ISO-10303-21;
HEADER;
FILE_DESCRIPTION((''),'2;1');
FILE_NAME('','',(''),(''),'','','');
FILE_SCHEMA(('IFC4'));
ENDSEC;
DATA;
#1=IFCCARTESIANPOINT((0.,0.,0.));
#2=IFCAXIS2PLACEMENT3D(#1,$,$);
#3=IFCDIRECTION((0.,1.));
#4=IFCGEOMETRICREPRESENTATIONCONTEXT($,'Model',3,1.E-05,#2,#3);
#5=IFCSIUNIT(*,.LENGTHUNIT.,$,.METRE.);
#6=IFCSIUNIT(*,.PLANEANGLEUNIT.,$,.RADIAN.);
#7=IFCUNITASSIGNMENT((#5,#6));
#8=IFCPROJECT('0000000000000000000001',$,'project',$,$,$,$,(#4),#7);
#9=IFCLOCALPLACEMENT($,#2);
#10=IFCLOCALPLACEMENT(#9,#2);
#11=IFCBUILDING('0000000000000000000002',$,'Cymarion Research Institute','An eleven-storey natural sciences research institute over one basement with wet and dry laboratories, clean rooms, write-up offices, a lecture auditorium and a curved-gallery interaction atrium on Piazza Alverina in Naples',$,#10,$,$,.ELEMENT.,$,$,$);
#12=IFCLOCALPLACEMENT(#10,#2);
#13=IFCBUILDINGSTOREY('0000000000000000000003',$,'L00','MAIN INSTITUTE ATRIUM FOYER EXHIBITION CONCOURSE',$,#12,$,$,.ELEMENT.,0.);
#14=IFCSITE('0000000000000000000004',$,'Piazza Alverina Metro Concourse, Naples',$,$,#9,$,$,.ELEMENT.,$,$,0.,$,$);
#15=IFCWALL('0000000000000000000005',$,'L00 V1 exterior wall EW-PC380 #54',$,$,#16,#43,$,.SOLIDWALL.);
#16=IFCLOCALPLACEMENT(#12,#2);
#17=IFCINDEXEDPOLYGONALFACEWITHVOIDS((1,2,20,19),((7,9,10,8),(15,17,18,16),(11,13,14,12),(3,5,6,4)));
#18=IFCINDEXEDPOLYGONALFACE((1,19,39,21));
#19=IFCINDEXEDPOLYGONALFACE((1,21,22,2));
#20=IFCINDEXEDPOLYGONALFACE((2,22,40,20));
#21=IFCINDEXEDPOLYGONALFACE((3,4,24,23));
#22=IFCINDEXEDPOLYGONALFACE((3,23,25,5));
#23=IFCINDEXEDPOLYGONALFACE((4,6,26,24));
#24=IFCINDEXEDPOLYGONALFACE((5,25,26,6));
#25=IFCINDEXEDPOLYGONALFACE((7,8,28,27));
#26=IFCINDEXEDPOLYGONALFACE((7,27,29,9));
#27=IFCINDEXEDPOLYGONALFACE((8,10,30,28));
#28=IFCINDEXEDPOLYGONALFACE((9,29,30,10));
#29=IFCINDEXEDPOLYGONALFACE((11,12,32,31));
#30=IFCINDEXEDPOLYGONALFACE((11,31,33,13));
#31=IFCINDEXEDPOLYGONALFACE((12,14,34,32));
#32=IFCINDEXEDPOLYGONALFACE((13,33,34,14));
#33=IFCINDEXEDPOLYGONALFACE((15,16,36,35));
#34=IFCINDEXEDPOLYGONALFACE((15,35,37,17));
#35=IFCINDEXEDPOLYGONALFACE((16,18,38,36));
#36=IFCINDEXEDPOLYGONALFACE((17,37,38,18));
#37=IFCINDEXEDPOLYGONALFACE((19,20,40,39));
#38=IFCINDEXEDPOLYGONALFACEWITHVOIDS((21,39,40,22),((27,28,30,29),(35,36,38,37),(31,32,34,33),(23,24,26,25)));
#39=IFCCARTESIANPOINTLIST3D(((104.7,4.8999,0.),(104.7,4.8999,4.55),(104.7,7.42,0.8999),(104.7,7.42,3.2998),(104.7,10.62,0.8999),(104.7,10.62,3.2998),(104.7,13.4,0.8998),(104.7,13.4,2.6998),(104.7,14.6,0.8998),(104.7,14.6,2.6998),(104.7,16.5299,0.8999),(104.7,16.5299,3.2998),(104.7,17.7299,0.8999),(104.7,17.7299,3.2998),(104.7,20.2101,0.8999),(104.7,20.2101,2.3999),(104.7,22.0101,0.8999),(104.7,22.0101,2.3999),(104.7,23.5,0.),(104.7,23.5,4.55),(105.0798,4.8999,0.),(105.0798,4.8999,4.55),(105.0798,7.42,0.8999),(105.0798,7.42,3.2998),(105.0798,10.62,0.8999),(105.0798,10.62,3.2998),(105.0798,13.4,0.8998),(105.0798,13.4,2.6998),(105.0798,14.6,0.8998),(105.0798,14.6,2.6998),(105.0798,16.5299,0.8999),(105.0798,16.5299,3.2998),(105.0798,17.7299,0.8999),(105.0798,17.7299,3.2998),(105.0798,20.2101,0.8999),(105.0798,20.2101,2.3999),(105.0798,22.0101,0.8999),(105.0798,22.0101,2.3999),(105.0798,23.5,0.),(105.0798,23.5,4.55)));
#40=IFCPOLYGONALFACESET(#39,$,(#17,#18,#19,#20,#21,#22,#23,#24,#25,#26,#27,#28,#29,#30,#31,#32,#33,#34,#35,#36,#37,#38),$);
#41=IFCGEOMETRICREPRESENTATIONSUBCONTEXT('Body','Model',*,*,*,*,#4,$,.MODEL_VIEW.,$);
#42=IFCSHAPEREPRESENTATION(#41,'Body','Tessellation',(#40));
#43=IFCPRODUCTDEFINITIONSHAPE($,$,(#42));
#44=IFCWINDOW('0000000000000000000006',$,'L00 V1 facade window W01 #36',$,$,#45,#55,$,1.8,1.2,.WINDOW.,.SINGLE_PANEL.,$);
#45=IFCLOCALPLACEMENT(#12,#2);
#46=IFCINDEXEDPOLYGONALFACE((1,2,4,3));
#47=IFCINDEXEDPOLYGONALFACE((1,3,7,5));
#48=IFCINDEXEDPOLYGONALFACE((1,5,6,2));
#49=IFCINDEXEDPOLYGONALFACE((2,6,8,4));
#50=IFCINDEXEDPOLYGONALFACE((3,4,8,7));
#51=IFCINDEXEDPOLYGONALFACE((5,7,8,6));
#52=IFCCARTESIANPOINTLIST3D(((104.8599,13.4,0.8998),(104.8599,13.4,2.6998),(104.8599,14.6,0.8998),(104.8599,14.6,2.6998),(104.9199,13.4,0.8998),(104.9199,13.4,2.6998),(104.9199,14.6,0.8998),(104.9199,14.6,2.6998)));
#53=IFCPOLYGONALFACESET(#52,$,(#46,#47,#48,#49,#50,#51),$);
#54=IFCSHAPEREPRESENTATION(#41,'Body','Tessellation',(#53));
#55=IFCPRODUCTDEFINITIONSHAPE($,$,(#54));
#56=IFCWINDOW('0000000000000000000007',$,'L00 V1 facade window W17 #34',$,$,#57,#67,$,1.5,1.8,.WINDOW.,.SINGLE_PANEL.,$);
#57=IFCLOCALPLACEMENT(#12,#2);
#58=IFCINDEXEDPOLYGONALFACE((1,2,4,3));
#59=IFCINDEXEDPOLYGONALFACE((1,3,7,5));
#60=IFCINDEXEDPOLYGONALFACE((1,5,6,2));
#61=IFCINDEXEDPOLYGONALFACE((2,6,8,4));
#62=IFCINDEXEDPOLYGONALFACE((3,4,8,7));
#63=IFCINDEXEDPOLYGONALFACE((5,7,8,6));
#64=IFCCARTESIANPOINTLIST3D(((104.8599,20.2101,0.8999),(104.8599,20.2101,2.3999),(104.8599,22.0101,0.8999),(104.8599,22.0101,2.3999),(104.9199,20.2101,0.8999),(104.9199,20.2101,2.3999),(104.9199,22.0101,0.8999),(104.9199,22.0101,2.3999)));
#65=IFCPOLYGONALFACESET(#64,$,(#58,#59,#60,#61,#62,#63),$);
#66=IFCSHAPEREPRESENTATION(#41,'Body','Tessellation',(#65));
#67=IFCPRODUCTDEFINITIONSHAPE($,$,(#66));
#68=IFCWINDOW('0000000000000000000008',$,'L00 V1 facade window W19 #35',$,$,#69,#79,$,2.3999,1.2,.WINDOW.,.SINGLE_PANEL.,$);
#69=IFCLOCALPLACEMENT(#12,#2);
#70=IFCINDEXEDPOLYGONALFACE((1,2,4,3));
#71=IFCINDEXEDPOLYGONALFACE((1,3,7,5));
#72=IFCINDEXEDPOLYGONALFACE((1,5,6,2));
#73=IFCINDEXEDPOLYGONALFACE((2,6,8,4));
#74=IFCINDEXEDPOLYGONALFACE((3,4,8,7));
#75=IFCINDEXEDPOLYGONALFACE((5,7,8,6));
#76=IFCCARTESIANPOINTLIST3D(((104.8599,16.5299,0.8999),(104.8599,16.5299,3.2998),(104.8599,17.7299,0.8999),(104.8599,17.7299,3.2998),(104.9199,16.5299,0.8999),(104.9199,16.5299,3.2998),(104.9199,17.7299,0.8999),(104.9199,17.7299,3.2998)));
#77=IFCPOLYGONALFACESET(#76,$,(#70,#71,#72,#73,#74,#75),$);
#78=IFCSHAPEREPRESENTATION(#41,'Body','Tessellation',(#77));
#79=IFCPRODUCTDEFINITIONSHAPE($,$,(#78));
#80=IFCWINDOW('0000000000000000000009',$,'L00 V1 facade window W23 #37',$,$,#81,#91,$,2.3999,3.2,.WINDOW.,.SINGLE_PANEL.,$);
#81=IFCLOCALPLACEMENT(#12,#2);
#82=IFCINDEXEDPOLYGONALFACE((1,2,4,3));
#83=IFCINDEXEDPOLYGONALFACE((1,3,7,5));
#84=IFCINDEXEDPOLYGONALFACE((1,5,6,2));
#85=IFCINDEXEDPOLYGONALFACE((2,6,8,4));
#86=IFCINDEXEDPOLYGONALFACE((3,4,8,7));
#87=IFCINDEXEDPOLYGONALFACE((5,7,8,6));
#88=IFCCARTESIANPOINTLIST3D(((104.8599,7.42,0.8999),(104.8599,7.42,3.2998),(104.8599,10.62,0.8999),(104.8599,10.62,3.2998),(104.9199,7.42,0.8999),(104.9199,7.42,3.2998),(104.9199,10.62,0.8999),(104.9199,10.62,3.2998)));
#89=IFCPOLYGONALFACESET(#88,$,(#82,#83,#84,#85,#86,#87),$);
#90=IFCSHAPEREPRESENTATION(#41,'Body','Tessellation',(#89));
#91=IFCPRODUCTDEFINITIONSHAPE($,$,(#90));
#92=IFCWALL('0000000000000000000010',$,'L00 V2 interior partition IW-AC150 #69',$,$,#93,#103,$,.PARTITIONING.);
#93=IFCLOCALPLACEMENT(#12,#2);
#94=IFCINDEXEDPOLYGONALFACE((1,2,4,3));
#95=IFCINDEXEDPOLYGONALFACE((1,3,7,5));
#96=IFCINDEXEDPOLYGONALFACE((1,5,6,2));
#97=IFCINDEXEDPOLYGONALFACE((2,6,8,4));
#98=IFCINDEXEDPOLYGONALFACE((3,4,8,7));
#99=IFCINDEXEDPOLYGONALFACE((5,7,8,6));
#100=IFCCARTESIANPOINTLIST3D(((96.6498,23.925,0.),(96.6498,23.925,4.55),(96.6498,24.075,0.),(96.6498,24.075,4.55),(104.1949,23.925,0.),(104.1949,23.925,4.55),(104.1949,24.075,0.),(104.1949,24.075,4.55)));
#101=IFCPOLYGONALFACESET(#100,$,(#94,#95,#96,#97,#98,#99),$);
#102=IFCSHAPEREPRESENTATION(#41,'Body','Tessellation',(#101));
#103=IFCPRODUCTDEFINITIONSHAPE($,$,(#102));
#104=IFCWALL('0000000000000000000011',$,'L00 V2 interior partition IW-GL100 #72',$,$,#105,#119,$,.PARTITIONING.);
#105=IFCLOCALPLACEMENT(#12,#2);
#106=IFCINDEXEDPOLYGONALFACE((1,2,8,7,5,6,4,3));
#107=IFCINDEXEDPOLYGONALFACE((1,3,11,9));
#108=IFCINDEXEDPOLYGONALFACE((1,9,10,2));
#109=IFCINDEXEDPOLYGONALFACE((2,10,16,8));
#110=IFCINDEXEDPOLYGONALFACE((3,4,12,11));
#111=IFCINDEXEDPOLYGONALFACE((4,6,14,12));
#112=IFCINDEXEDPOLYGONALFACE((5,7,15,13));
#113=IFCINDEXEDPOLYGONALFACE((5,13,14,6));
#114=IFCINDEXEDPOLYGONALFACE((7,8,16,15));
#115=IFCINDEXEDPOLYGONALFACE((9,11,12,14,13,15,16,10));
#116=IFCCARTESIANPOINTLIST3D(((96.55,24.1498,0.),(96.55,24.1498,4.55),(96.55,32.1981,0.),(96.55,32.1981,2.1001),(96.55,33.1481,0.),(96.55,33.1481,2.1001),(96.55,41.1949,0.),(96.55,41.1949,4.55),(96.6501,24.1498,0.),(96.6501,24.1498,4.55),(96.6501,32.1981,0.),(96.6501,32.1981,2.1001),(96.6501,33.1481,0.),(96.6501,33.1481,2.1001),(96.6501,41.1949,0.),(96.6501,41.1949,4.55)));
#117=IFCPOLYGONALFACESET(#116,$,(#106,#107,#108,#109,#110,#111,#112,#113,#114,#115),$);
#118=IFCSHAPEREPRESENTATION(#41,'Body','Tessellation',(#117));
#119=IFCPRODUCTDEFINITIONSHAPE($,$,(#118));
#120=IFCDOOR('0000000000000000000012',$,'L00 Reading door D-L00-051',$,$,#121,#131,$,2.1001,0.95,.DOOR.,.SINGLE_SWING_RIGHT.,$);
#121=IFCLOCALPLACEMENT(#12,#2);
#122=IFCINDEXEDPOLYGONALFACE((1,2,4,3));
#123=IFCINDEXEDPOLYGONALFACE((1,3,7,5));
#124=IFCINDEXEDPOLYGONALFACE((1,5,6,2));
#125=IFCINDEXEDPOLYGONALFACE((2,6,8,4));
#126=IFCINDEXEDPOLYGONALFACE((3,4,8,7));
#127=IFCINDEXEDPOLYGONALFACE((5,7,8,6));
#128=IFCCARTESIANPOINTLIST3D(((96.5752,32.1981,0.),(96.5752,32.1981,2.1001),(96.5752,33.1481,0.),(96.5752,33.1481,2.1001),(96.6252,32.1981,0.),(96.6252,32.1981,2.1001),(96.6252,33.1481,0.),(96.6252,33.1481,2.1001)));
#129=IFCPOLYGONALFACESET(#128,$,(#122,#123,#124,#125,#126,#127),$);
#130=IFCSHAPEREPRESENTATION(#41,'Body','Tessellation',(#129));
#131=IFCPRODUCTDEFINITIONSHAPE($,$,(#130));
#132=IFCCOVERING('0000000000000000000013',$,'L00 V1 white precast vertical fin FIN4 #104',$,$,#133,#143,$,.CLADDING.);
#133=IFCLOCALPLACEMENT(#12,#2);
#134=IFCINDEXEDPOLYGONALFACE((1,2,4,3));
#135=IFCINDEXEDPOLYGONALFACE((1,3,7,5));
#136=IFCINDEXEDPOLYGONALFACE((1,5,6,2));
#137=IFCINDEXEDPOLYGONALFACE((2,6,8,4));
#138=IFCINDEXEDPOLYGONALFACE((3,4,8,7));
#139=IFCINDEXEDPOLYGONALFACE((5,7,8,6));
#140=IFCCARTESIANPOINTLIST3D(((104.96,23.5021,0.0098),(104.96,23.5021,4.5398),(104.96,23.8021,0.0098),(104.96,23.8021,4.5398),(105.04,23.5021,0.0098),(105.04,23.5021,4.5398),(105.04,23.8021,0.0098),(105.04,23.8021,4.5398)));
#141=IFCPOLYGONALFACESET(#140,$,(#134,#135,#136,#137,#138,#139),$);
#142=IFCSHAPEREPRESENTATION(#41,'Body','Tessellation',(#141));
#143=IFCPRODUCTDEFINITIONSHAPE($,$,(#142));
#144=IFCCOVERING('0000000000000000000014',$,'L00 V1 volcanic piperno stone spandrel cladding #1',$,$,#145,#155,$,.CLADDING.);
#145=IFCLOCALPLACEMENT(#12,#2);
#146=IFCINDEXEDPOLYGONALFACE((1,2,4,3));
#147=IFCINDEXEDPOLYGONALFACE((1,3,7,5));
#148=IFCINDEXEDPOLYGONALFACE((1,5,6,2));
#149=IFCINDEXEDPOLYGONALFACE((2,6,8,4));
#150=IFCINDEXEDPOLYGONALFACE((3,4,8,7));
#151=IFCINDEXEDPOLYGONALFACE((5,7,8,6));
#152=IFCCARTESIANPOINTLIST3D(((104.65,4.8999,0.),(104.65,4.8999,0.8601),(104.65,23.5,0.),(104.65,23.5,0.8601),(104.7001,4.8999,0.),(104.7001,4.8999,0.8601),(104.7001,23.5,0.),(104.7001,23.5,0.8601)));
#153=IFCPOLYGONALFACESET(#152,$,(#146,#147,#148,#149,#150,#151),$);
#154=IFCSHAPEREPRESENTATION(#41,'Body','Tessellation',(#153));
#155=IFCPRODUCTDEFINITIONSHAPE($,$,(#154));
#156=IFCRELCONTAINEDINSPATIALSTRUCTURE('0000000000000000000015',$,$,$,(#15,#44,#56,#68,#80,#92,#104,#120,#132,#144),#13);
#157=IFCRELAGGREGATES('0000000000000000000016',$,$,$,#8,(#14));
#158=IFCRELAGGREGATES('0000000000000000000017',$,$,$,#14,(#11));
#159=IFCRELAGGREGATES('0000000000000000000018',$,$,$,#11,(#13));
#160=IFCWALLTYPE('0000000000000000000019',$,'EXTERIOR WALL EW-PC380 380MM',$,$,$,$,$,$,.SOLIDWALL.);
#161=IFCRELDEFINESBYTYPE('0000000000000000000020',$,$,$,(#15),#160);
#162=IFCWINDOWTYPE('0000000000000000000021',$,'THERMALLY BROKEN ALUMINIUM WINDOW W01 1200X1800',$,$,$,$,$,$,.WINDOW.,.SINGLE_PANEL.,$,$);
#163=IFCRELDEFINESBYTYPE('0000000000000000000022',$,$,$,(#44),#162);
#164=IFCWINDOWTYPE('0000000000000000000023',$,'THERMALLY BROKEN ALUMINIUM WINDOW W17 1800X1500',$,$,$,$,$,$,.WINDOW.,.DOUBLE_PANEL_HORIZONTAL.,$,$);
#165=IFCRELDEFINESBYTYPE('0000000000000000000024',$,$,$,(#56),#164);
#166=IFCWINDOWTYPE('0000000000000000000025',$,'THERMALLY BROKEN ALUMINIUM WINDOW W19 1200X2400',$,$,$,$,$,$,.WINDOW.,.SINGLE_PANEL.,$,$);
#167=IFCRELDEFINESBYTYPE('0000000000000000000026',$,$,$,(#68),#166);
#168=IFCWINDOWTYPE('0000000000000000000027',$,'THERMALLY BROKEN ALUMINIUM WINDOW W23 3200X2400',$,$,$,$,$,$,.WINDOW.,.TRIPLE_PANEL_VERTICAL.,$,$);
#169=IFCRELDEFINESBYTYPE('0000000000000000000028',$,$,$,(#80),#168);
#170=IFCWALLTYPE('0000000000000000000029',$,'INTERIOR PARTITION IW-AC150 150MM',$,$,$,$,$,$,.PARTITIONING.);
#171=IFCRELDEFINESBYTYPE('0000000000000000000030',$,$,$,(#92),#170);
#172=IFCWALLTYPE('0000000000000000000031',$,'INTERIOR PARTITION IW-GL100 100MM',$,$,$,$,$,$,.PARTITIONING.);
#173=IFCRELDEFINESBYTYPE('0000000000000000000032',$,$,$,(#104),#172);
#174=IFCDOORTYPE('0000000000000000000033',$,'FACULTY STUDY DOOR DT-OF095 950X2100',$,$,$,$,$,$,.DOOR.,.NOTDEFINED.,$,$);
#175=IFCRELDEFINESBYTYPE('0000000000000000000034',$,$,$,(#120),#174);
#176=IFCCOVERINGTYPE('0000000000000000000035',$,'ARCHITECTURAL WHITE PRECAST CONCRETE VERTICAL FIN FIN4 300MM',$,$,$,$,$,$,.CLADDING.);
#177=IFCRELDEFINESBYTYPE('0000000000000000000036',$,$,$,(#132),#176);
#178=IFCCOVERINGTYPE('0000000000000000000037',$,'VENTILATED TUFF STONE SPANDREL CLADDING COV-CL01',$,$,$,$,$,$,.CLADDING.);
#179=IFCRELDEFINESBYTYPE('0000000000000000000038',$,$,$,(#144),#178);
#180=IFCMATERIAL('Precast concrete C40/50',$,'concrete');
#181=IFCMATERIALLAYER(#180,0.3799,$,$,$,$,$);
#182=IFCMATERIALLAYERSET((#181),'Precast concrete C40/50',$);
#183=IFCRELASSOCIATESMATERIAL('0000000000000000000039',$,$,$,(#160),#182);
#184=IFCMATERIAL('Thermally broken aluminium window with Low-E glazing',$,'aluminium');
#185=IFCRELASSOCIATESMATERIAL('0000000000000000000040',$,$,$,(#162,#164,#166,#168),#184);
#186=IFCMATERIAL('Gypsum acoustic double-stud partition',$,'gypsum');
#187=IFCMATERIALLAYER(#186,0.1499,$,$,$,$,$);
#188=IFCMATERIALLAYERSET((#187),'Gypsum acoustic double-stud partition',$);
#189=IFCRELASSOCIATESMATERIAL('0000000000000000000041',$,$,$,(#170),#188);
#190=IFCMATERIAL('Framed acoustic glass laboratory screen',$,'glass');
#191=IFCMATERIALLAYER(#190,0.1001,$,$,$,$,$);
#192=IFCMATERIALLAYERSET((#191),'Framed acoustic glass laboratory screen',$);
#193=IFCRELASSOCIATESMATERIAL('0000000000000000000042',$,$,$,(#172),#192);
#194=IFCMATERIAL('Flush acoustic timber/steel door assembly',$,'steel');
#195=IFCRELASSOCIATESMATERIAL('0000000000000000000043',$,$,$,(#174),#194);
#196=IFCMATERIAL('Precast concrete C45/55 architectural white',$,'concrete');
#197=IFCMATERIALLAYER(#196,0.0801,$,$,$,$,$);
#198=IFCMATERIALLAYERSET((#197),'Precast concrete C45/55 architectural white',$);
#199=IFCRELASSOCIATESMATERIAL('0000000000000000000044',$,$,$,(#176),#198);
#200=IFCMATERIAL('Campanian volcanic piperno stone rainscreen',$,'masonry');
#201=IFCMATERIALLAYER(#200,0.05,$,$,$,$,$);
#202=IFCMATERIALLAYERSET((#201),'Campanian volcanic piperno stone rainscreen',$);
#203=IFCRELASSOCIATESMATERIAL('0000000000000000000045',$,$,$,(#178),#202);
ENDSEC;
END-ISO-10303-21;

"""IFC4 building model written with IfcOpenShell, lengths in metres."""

from ifc_helpers import new_model, si_unit, direction, frame, frame_2d, origin, origin_2d, place, context, subcontext, project, spatial, rectangle, extrude, material, layer, layer_set, type_object, element, fill, save


model = new_model("IFC4")

# Units and contexts
model_context = context("Model", 3, precision=1e-05, world=origin(), true_north=direction((0.0, 1.0)))
body_context = subcontext(model_context, "Body", "Model", "MODEL_VIEW")
ifc_project = project(units=[si_unit("LENGTHUNIT", "METRE"), si_unit("PLANEANGLEUNIT", "RADIAN")], contexts=[model_context])

# Site, building, storey
site_placement = place(None, origin())
site = spatial("IfcSite", under=ifc_project, at=site_placement, Name="Piazza Alverina Metro Concourse, Naples", CompositionType="ELEMENT", RefElevation=0.0)
building_placement = place(site_placement, origin())
building = spatial("IfcBuilding", under=site, at=building_placement, Name="Cymarion Research Institute", Description="An eleven-storey natural sciences research institute over one basement with wet and dry laboratories, clean rooms, write-up offices, a lecture auditorium and a curved-gallery interaction atrium on Piazza Alverina in Naples", CompositionType="ELEMENT")
storey_placement = place(building_placement, origin())
storey = spatial("IfcBuildingStorey", under=building, at=storey_placement, Name="L00", Description="MAIN INSTITUTE ATRIUM FOYER EXHIBITION CONCOURSE", CompositionType="ELEMENT", Elevation=0.0)

# Wall, openings, windows
ifc_material_1 = material(Name="Precast concrete C40/50", Category="concrete")
ifc_layer_1 = layer(ifc_material_1, 0.3799)
ifc_layer_set_1 = layer_set([ifc_layer_1], Name="Precast concrete C40/50")
wall_type_1 = type_object("IfcWallType", Name="EXTERIOR WALL EW-PC380 380MM", PredefinedType="SOLIDWALL", material=ifc_layer_set_1)
wall_1_placement = place(storey_placement, frame((104.8899, 23.5, 0.0), z_axis=(0.0, 0.0, 1.0), x_axis=(0.0, -1.0, 0.0)))
wall_1 = element("IfcWall", 1, at=wall_1_placement, inside=storey, type_object=wall_type_1, Name="L00 V1 exterior wall EW-PC380 #54", PredefinedType="SOLIDWALL", context=body_context, shape_type="SweptSolid", body=[
    extrude(rectangle(XDim=18.6001, YDim=0.3799, at=frame_2d((9.3, 0.0))), origin(), (0.0, 0.0, 1.0), 4.55),
])
opening_1_placement = place(wall_1_placement, frame((1.49, 0.0, 0.8999)))
opening_1 = element("IfcOpeningElement", 2, at=opening_1_placement, cuts=wall_1, PredefinedType="OPENING", context=body_context, shape_type="SweptSolid", body=[
    extrude(rectangle(XDim=1.8, YDim=1.5, at=frame_2d((0.8999, 0.75))), frame((0.0, 0.2, 0.0), z_axis=(0.0, -1.0, 0.0), x_axis=(1.0, 0.0, 0.0)), (0.0, 0.0, 1.0), 0.3999),
])
opening_2_placement = place(wall_1_placement, frame((5.77, 0.0, 0.8999)))
opening_2 = element("IfcOpeningElement", 3, at=opening_2_placement, cuts=wall_1, PredefinedType="OPENING", context=body_context, shape_type="SweptSolid", body=[
    extrude(rectangle(XDim=1.2, YDim=2.3999, at=frame_2d((0.6001, 1.2))), frame((0.0, 0.2, 0.0), z_axis=(0.0, -1.0, 0.0), x_axis=(1.0, 0.0, 0.0)), (0.0, 0.0, 1.0), 0.3999),
])
opening_3_placement = place(wall_1_placement, frame((8.8999, 0.0, 0.8999)))
opening_3 = element("IfcOpeningElement", 4, at=opening_3_placement, cuts=wall_1, PredefinedType="OPENING", context=body_context, shape_type="SweptSolid", body=[
    extrude(rectangle(XDim=1.2, YDim=1.8, at=frame_2d((0.6001, 0.8999))), frame((0.0, 0.2, 0.0), z_axis=(0.0, -1.0, 0.0), x_axis=(1.0, 0.0, 0.0)), (0.0, 0.0, 1.0), 0.3999),
])
opening_4_placement = place(wall_1_placement, frame((12.8799, 0.0, 0.8999)))
opening_4 = element("IfcOpeningElement", 5, at=opening_4_placement, cuts=wall_1, PredefinedType="OPENING", context=body_context, shape_type="SweptSolid", body=[
    extrude(rectangle(XDim=3.2, YDim=2.3999, at=frame_2d((1.6001, 1.2))), frame((0.0, 0.2, 0.0), z_axis=(0.0, -1.0, 0.0), x_axis=(1.0, 0.0, 0.0)), (0.0, 0.0, 1.0), 0.3999),
])
ifc_material_2 = material(Name="Thermally broken aluminium window with Low-E glazing", Category="aluminium")
window_type_1 = type_object("IfcWindowType", Name="THERMALLY BROKEN ALUMINIUM WINDOW W01 1200X1800", PartitioningType="SINGLE_PANEL", PredefinedType="WINDOW", material=ifc_material_2)
window_1_placement = place(opening_3_placement, origin())
window_1 = element("IfcWindow", 6, at=window_1_placement, inside=storey, type_object=window_type_1, Name="L00 V1 facade window W01 #36", OverallHeight=1.8, OverallWidth=1.2, PartitioningType="SINGLE_PANEL", PredefinedType="WINDOW", context=body_context, shape_type="SweptSolid", body=[
    extrude(rectangle(XDim=1.2, YDim=1.8, at=frame_2d((0.6001, 0.8999))), frame((0.0, 0.03, 0.0), z_axis=(0.0, -1.0, 0.0), x_axis=(1.0, 0.0, 0.0)), (0.0, 0.0, 1.0), 0.0601),
])
fill(opening_3, window_1)
window_type_2 = type_object("IfcWindowType", Name="THERMALLY BROKEN ALUMINIUM WINDOW W17 1800X1500", PartitioningType="DOUBLE_PANEL_HORIZONTAL", PredefinedType="WINDOW", material=ifc_material_2)
window_2_placement = place(opening_1_placement, origin())
window_2 = element("IfcWindow", 7, at=window_2_placement, inside=storey, type_object=window_type_2, Name="L00 V1 facade window W17 #34", OverallHeight=1.5, OverallWidth=1.8, PartitioningType="SINGLE_PANEL", PredefinedType="WINDOW", context=body_context, shape_type="SweptSolid", body=[
    extrude(rectangle(XDim=1.8, YDim=1.5, at=frame_2d((0.8999, 0.75))), frame((0.0, 0.03, 0.0), z_axis=(0.0, -1.0, 0.0), x_axis=(1.0, 0.0, 0.0)), (0.0, 0.0, 1.0), 0.0601),
])
fill(opening_1, window_2)
window_type_3 = type_object("IfcWindowType", Name="THERMALLY BROKEN ALUMINIUM WINDOW W19 1200X2400", PartitioningType="SINGLE_PANEL", PredefinedType="WINDOW", material=ifc_material_2)
window_3_placement = place(opening_2_placement, origin())
window_3 = element("IfcWindow", 8, at=window_3_placement, inside=storey, type_object=window_type_3, Name="L00 V1 facade window W19 #35", OverallHeight=2.3999, OverallWidth=1.2, PartitioningType="SINGLE_PANEL", PredefinedType="WINDOW", context=body_context, shape_type="SweptSolid", body=[
    extrude(rectangle(XDim=1.2, YDim=2.3999, at=frame_2d((0.6001, 1.2))), frame((0.0, 0.03, 0.0), z_axis=(0.0, -1.0, 0.0), x_axis=(1.0, 0.0, 0.0)), (0.0, 0.0, 1.0), 0.0601),
])
fill(opening_2, window_3)
window_type_4 = type_object("IfcWindowType", Name="THERMALLY BROKEN ALUMINIUM WINDOW W23 3200X2400", PartitioningType="TRIPLE_PANEL_VERTICAL", PredefinedType="WINDOW", material=ifc_material_2)
window_4_placement = place(opening_4_placement, origin())
window_4 = element("IfcWindow", 9, at=window_4_placement, inside=storey, type_object=window_type_4, Name="L00 V1 facade window W23 #37", OverallHeight=2.3999, OverallWidth=3.2, PartitioningType="SINGLE_PANEL", PredefinedType="WINDOW", context=body_context, shape_type="SweptSolid", body=[
    extrude(rectangle(XDim=3.2, YDim=2.3999, at=frame_2d((1.6001, 1.2))), frame((0.0, 0.03, 0.0), z_axis=(0.0, -1.0, 0.0), x_axis=(1.0, 0.0, 0.0)), (0.0, 0.0, 1.0), 0.0601),
])
fill(opening_4, window_4)

# Wall
ifc_material_3 = material(Name="Gypsum acoustic double-stud partition", Category="gypsum")
ifc_layer_2 = layer(ifc_material_3, 0.1499)
ifc_layer_set_2 = layer_set([ifc_layer_2], Name="Gypsum acoustic double-stud partition")
wall_type_2 = type_object("IfcWallType", Name="INTERIOR PARTITION IW-AC150 150MM", PredefinedType="PARTITIONING", material=ifc_layer_set_2)
wall_2_placement = place(storey_placement, frame((96.6499, 24.0, 0.0), z_axis=(0.0, 0.0, 1.0), x_axis=(1.0, 0.0, 0.0)))
element("IfcWall", 10, at=wall_2_placement, inside=storey, type_object=wall_type_2, Name="L00 V2 interior partition IW-AC150 #69", PredefinedType="PARTITIONING", context=body_context, shape_type="SweptSolid", body=[
    extrude(rectangle(XDim=7.5452, YDim=0.1499, at=frame_2d((3.7725, 0.0))), origin(), (0.0, 0.0, 1.0), 4.55),
])

# Wall, opening, door
ifc_material_4 = material(Name="Framed acoustic glass laboratory screen", Category="glass")
ifc_layer_3 = layer(ifc_material_4, 0.1001)
ifc_layer_set_3 = layer_set([ifc_layer_3], Name="Framed acoustic glass laboratory screen")
wall_type_3 = type_object("IfcWallType", Name="INTERIOR PARTITION IW-GL100 100MM", PredefinedType="PARTITIONING", material=ifc_layer_set_3)
wall_3_placement = place(storey_placement, frame((96.6001, 24.1499, 0.0), z_axis=(0.0, 0.0, 1.0), x_axis=(0.0, 1.0, 0.0)))
wall_3 = element("IfcWall", 11, at=wall_3_placement, inside=storey, type_object=wall_type_3, Name="L00 V2 interior partition IW-GL100 #72", PredefinedType="PARTITIONING", context=body_context, shape_type="SweptSolid", body=[
    extrude(rectangle(XDim=17.0452, YDim=0.1001, at=frame_2d((8.5225, 0.0))), origin(), (0.0, 0.0, 1.0), 4.55),
])
opening_5_placement = place(wall_3_placement, frame((8.0481, 0.0, 0.0)))
opening_5 = element("IfcOpeningElement", 12, at=opening_5_placement, cuts=wall_3, PredefinedType="OPENING", context=body_context, shape_type="SweptSolid", body=[
    extrude(rectangle(XDim=0.95, YDim=2.1001, at=frame_2d((0.4751, 1.05))), frame((0.0, 0.0601, 0.0), z_axis=(0.0, -1.0, 0.0), x_axis=(1.0, 0.0, 0.0)), (0.0, 0.0, 1.0), 0.1201),
])
ifc_material_5 = material(Name="Flush acoustic timber/steel door assembly", Category="steel")
door_type = type_object("IfcDoorType", Name="FACULTY STUDY DOOR DT-OF095 950X2100", OperationType="NOTDEFINED", PredefinedType="DOOR", material=ifc_material_5)
door_placement = place(opening_5_placement, origin())
door = element("IfcDoor", 13, at=door_placement, inside=storey, type_object=door_type, Name="L00 Reading door D-L00-051", OperationType="SINGLE_SWING_RIGHT", OverallHeight=2.1001, OverallWidth=0.95, PredefinedType="DOOR", context=body_context, shape_type="SweptSolid", body=[
    extrude(rectangle(XDim=0.95, YDim=2.1001, at=frame_2d((0.4751, 1.05))), frame((0.0, 0.0249, 0.0), z_axis=(0.0, -1.0, 0.0), x_axis=(1.0, 0.0, 0.0)), (0.0, 0.0, 1.0), 0.05),
])
fill(opening_5, door)

# Coverings
ifc_material_6 = material(Name="Precast concrete C45/55 architectural white", Category="concrete")
ifc_layer_4 = layer(ifc_material_6, 0.0801)
ifc_layer_set_4 = layer_set([ifc_layer_4], Name="Precast concrete C45/55 architectural white")
covering_type_1 = type_object("IfcCoveringType", Name="ARCHITECTURAL WHITE PRECAST CONCRETE VERTICAL FIN FIN4 300MM", PredefinedType="CLADDING", material=ifc_layer_set_4)
covering_1_placement = place(storey_placement, frame((105.0, 23.6521, 0.0098), z_axis=(0.0, 0.0, 1.0), x_axis=(0.0, 1.0, 0.0)))
element("IfcCovering", 14, at=covering_1_placement, inside=storey, type_object=covering_type_1, Name="L00 V1 white precast vertical fin FIN4 #104", PredefinedType="CLADDING", context=body_context, shape_type="SweptSolid", body=[
    extrude(rectangle(XDim=0.3, YDim=0.0801, at=origin_2d()), origin(), (0.0, 0.0, 1.0), 4.53),
])
ifc_material_7 = material(Name="Campanian volcanic piperno stone rainscreen", Category="masonry")
ifc_layer_5 = layer(ifc_material_7, 0.05)
ifc_layer_set_5 = layer_set([ifc_layer_5], Name="Campanian volcanic piperno stone rainscreen")
covering_type_2 = type_object("IfcCoveringType", Name="VENTILATED TUFF STONE SPANDREL CLADDING COV-CL01", PredefinedType="CLADDING", material=ifc_layer_set_5)
covering_2_placement = place(storey_placement, frame((104.675, 23.5, 0.0), z_axis=(0.0, 0.0, 1.0), x_axis=(0.0, -1.0, 0.0)))
element("IfcCovering", 15, at=covering_2_placement, inside=storey, type_object=covering_type_2, Name="L00 V1 volcanic piperno stone spandrel cladding #1", PredefinedType="CLADDING", context=body_context, shape_type="SweptSolid", body=[
    extrude(rectangle(XDim=18.6001, YDim=0.05, at=frame_2d((9.3, 0.0))), origin(), (0.0, 0.0, 1.0), 0.8601),
])

save(model, "model.ifc")
